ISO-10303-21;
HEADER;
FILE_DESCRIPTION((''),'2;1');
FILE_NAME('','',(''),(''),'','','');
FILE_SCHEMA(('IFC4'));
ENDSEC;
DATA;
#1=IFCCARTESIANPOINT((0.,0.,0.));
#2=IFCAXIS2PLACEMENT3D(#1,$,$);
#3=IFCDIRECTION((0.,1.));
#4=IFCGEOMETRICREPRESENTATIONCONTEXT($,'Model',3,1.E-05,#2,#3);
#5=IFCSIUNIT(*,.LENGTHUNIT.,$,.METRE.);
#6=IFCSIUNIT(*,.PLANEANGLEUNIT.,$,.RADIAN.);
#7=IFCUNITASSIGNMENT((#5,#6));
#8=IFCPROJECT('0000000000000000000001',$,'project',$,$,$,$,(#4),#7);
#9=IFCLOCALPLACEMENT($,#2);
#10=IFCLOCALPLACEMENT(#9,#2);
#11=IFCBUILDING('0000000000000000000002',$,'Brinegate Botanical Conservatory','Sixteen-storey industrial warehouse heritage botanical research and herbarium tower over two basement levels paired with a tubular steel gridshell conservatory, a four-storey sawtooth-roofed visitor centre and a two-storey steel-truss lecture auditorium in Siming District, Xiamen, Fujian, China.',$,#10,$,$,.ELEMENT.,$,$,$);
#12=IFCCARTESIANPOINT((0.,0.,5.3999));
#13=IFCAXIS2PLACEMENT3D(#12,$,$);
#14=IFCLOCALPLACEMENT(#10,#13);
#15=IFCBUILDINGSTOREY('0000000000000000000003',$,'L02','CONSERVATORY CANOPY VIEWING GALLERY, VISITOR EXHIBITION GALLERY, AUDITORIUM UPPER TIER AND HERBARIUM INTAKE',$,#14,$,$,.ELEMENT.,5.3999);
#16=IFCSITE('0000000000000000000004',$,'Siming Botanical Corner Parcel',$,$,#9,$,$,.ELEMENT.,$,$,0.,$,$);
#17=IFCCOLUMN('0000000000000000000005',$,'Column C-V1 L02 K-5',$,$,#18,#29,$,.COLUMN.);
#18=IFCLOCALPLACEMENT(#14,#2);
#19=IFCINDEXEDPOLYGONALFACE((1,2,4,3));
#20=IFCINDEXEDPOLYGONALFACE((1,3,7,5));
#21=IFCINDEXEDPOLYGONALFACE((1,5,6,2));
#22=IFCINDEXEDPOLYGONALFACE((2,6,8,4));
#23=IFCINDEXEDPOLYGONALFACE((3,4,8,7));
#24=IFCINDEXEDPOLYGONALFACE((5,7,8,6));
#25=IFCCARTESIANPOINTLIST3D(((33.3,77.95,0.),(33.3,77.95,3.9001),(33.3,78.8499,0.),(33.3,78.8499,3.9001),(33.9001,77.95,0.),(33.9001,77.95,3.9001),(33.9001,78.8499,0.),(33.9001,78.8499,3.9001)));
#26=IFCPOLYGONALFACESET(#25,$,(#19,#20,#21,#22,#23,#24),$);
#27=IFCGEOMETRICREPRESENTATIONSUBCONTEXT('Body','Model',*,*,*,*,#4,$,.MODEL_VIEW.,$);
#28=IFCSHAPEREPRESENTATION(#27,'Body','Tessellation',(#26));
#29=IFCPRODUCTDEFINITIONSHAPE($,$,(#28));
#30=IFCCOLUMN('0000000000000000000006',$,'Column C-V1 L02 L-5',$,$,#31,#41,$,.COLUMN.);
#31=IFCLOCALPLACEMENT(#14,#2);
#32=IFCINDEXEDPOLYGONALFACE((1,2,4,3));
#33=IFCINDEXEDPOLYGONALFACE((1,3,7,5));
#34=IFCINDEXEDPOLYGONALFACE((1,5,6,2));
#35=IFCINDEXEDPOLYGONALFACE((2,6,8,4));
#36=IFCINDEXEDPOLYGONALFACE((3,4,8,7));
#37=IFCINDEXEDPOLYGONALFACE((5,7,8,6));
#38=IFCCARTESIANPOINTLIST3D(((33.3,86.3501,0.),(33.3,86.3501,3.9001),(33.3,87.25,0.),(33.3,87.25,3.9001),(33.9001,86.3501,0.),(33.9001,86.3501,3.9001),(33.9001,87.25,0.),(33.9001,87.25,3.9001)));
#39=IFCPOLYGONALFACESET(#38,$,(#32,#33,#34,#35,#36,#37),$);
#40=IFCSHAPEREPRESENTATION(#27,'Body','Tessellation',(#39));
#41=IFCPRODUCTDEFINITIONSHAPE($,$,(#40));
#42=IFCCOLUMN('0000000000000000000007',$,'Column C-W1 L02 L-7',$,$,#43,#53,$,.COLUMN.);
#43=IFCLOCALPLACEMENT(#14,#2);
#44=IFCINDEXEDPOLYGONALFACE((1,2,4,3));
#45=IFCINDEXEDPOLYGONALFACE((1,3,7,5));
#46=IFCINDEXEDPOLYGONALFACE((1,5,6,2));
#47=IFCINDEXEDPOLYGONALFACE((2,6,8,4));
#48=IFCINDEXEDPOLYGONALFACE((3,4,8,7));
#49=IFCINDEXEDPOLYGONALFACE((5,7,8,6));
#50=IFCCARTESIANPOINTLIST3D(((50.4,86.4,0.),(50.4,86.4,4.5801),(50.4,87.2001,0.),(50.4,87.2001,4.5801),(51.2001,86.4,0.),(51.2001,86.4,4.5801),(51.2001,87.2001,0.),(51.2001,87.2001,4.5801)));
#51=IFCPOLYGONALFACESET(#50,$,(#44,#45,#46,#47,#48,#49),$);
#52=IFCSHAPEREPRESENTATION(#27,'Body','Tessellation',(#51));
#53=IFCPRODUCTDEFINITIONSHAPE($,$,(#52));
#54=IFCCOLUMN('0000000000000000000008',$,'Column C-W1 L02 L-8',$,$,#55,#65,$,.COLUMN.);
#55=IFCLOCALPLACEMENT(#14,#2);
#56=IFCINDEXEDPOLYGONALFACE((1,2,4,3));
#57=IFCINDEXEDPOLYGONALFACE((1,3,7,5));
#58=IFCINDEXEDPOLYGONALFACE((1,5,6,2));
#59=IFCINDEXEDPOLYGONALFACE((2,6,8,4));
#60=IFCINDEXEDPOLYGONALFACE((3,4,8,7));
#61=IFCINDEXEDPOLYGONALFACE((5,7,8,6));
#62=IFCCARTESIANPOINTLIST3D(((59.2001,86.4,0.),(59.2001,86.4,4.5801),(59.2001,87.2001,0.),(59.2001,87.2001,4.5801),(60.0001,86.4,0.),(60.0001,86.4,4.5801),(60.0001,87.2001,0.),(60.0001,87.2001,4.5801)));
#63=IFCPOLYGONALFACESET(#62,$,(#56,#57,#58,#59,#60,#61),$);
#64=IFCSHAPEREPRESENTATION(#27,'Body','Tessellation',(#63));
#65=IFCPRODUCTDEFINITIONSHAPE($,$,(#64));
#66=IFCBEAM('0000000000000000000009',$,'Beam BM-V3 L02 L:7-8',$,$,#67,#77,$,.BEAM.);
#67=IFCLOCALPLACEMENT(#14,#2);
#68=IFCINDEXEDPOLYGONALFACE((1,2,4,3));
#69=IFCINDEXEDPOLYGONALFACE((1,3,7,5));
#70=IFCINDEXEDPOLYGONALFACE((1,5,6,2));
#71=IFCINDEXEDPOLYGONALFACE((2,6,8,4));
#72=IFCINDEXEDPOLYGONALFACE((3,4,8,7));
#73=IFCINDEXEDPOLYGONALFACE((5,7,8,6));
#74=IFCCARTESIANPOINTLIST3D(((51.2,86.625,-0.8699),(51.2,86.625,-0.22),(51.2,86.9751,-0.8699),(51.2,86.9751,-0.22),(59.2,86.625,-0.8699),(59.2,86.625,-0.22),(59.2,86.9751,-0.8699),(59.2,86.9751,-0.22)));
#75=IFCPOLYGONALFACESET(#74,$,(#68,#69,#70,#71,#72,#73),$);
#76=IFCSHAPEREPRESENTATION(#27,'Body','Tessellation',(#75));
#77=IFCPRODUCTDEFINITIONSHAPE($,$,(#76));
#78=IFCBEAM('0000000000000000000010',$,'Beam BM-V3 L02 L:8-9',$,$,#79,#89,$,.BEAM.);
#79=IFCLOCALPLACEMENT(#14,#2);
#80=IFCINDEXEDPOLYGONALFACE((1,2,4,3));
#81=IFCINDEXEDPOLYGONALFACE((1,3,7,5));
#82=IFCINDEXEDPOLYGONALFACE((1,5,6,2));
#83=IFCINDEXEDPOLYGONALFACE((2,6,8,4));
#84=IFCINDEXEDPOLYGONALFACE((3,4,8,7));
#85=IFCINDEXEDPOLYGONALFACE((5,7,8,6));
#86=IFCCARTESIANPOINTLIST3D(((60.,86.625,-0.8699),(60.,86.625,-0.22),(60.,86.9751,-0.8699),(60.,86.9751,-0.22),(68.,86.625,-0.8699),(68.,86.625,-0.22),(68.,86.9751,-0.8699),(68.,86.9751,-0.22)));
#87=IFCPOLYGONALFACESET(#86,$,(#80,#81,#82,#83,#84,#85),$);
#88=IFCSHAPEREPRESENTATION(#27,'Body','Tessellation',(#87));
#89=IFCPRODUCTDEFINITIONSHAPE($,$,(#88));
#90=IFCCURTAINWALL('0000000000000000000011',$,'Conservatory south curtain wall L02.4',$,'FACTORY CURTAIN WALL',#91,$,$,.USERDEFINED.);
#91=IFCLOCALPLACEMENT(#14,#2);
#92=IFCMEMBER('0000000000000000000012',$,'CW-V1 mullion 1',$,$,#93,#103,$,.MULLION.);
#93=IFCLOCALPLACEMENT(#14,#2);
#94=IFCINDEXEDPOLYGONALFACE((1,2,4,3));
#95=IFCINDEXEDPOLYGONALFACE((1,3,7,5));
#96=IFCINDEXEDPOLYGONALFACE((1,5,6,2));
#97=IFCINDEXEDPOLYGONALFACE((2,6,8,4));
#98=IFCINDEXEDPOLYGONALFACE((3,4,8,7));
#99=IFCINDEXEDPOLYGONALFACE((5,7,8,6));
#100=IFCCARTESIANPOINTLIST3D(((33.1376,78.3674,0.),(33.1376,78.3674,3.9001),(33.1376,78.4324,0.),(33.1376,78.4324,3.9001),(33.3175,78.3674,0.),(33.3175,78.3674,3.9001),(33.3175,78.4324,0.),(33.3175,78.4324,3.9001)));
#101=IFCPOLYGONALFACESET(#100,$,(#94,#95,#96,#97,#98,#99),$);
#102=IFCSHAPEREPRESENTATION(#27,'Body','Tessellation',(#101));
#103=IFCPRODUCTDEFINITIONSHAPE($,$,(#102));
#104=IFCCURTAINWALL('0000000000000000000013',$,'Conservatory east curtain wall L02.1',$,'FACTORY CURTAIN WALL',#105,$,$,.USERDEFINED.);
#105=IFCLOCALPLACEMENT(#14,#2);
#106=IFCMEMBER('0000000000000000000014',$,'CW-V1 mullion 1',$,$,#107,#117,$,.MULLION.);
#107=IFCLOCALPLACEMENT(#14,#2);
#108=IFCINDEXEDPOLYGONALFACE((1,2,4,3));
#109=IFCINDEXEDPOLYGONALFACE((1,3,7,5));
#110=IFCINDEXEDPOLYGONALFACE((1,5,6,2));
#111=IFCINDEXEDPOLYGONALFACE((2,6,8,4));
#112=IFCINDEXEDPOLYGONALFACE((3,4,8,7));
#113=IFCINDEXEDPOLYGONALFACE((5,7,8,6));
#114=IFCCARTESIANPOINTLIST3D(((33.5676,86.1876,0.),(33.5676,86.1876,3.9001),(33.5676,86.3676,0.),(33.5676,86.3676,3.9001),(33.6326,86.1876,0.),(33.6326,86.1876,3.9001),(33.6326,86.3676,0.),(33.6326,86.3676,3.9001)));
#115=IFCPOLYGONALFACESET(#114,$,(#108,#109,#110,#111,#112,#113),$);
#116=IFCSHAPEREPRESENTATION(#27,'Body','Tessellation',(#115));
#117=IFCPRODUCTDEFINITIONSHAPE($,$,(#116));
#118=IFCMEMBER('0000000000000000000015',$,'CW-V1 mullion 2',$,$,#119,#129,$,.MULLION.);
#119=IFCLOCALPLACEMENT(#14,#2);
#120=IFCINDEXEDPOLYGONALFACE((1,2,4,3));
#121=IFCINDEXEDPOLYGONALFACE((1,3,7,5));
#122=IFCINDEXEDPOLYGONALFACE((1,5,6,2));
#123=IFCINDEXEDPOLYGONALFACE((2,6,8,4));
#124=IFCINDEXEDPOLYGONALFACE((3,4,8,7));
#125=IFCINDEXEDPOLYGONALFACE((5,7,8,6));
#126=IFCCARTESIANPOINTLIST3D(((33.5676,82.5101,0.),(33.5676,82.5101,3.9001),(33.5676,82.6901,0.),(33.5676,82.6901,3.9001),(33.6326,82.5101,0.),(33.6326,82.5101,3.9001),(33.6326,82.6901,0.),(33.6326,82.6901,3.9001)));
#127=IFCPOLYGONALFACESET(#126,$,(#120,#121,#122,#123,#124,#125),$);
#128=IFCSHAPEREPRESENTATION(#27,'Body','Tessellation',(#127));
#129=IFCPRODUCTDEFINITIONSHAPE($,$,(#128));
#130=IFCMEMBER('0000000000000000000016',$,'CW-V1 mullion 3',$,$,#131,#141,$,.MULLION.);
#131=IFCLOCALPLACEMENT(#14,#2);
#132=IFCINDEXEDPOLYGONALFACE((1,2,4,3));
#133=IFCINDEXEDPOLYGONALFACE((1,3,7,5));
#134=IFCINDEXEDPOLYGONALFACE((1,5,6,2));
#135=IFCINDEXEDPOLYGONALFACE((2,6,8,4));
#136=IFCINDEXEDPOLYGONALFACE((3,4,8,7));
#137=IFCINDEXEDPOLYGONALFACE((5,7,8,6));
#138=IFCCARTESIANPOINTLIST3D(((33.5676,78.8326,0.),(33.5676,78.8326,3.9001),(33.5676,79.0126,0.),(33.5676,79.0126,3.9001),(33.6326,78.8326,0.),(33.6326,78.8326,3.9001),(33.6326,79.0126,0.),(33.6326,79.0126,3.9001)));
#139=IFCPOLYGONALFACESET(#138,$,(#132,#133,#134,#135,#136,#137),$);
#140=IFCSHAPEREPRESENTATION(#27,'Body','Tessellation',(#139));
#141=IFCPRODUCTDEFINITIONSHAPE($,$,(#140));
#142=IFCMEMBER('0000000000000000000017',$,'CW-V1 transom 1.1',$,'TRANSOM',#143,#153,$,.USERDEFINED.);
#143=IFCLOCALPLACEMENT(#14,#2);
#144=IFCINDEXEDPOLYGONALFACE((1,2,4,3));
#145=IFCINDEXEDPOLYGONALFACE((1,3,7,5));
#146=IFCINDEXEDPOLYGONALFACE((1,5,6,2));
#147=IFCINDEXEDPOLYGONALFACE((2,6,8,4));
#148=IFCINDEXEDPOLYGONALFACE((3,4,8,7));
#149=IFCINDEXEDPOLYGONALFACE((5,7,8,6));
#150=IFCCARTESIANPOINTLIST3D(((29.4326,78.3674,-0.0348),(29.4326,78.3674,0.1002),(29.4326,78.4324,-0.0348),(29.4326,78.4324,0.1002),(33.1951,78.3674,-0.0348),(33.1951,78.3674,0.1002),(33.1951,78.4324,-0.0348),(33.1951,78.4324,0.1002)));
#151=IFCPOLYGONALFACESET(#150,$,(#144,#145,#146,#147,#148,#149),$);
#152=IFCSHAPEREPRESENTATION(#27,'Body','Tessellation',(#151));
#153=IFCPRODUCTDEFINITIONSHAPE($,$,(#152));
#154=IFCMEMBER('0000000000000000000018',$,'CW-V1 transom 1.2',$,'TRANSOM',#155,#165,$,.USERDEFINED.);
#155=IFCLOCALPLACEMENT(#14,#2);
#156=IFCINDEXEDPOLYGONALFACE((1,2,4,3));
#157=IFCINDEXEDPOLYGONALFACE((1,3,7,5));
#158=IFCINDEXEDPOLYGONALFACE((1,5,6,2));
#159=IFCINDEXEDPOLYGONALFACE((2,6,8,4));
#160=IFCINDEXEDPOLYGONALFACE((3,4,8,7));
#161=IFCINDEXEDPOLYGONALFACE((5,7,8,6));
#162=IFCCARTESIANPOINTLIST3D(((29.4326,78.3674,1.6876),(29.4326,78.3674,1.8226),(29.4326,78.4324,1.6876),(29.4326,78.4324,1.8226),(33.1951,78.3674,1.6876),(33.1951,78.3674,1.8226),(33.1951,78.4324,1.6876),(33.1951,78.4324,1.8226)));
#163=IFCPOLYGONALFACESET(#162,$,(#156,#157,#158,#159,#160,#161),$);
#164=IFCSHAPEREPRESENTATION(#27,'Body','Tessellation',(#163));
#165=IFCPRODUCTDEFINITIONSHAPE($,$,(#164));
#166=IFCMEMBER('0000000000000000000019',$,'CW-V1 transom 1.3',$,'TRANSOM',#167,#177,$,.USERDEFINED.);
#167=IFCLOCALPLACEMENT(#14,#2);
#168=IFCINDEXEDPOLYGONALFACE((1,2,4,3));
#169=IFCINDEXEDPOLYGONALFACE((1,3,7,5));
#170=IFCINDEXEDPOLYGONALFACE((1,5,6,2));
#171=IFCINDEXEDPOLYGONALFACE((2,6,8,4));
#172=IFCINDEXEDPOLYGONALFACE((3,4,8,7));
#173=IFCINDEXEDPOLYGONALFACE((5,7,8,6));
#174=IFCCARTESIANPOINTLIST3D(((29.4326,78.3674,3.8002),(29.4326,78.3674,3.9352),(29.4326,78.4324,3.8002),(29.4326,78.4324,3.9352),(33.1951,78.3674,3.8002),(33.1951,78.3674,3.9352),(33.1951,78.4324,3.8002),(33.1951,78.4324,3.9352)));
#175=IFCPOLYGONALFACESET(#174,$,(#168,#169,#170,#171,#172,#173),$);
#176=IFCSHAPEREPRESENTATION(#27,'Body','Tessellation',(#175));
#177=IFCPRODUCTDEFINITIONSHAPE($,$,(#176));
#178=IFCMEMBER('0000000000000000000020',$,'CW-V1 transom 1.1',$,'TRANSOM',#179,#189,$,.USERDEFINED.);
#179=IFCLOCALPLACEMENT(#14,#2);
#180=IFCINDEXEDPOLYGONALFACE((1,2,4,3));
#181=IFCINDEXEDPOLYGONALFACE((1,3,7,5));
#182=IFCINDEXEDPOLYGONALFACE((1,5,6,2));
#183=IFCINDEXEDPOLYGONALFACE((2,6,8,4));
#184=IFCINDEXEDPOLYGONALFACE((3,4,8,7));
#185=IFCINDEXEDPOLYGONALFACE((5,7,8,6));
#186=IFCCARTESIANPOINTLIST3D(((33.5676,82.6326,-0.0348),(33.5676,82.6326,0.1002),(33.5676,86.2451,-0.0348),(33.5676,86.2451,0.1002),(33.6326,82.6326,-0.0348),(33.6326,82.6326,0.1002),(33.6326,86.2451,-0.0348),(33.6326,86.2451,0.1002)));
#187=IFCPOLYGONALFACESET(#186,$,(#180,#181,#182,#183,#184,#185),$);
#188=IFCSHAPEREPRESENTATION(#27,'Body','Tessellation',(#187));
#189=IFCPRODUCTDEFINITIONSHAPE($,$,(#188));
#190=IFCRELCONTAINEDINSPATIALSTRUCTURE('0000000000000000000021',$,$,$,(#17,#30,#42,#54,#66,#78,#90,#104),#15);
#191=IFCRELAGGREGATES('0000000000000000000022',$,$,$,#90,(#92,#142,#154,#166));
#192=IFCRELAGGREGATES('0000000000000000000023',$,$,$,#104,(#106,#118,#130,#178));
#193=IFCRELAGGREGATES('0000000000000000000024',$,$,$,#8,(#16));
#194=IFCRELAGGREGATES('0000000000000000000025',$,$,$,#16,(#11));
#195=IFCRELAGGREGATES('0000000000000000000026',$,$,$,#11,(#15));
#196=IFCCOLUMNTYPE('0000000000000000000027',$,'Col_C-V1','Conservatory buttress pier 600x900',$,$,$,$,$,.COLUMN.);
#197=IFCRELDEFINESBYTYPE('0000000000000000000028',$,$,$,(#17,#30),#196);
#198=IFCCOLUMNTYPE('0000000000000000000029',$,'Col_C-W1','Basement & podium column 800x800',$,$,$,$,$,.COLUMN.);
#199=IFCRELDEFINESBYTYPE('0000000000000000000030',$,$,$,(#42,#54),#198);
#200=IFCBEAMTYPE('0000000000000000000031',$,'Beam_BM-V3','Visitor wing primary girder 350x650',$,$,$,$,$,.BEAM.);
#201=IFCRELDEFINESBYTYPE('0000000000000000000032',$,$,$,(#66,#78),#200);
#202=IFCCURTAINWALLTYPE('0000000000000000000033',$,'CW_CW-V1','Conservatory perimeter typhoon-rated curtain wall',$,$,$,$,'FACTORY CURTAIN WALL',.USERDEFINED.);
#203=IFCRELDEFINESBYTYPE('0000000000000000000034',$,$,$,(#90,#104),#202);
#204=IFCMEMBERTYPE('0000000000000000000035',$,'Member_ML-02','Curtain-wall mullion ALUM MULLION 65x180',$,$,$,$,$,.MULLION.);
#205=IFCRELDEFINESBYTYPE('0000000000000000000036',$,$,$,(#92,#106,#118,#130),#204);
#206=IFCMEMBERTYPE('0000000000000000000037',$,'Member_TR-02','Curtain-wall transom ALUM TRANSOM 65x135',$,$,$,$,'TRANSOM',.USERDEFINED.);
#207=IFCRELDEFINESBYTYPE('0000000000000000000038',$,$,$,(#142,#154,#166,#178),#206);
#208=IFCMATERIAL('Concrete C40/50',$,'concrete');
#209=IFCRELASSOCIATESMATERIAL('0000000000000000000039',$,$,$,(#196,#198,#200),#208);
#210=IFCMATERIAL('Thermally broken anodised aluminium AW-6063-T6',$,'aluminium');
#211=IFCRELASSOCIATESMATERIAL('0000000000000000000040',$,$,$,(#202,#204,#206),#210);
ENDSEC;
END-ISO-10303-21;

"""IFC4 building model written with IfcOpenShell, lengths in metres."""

from ifc_helpers import new_model, si_unit, direction, frame, origin, origin_2d, place, context, subcontext, project, spatial, rectangle, extrude, material, material_profile, profile_set, type_object, element, aggregate, save


model = new_model("IFC4")

# Units and contexts
model_context = context("Model", 3, precision=1e-05, world=origin(), true_north=direction((0.0, 1.0)))
body_context = subcontext(model_context, "Body", "Model", "MODEL_VIEW")
ifc_project = project(units=[si_unit("LENGTHUNIT", "METRE"), si_unit("PLANEANGLEUNIT", "RADIAN")], contexts=[model_context])

# Site, building, storey
site_placement = place(None, origin())
site = spatial("IfcSite", under=ifc_project, at=site_placement, Name="Siming Botanical Corner Parcel", CompositionType="ELEMENT", RefElevation=0.0)
building_placement = place(site_placement, origin())
building = spatial("IfcBuilding", under=site, at=building_placement, Name="Brinegate Botanical Conservatory", Description="Sixteen-storey industrial warehouse heritage botanical research and herbarium tower over two basement levels paired with a tubular steel gridshell conservatory, a four-storey sawtooth-roofed visitor centre and a two-storey steel-truss lecture auditorium in Siming District, Xiamen, Fujian, China.", CompositionType="ELEMENT")
storey_placement = place(building_placement, frame((0.0, 0.0, 5.3999)))
storey = spatial("IfcBuildingStorey", under=building, at=storey_placement, Name="L02", Description="CONSERVATORY CANOPY VIEWING GALLERY, VISITOR EXHIBITION GALLERY, AUDITORIUM UPPER TIER AND HERBARIUM INTAKE", CompositionType="ELEMENT", Elevation=5.3999)

# Columns
ifc_material_1 = material(Name="Concrete C40/50", Category="concrete")
ifc_material_profile_1 = material_profile(ifc_material_1, rectangle(XDim=0.6001, YDim=0.8999, at=origin_2d()), Name="RC PIER 600x900")
ifc_profile_set_1 = profile_set([ifc_material_profile_1], Name="Concrete C40/50")
column_type_1 = type_object("IfcColumnType", Name="Col_C-V1", Description="Conservatory buttress pier 600x900", PredefinedType="COLUMN", material=ifc_profile_set_1)
for number, where, z_axis, x_axis, name in (
    (1, (33.6001, 78.3999, 0.0), (0.0, 0.0, 1.0), (1.0, 0.0, 0.0), "Column C-V1 L02 K-5"),
    (2, (33.6001, 86.8, 0.0), (0.0, 0.0, 1.0), (1.0, 0.0, 0.0), "Column C-V1 L02 L-5"),
):
    element("IfcColumn", number, at=place(storey_placement, frame(where, z_axis=z_axis, x_axis=x_axis)), inside=storey, type_object=column_type_1, Name=name, PredefinedType="COLUMN", context=body_context, shape_type="SweptSolid", body=[
        extrude(rectangle(XDim=0.6001, YDim=0.8999, at=origin_2d()), origin(), (0.0, 0.0, 1.0), 3.9001),
    ])
ifc_material_profile_2 = material_profile(ifc_material_1, rectangle(XDim=0.8, YDim=0.8, at=origin_2d()), Name="RC COL 800x800")
ifc_profile_set_2 = profile_set([ifc_material_profile_2], Name="Concrete C40/50")
column_type_2 = type_object("IfcColumnType", Name="Col_C-W1", Description="Basement & podium column 800x800", PredefinedType="COLUMN", material=ifc_profile_set_2)
for number, where, z_axis, x_axis, name in (
    (3, (50.8, 86.8, 0.0), (0.0, 0.0, 1.0), (1.0, 0.0, 0.0), "Column C-W1 L02 L-7"),
    (4, (59.6001, 86.8, 0.0), (0.0, 0.0, 1.0), (1.0, 0.0, 0.0), "Column C-W1 L02 L-8"),
):
    element("IfcColumn", number, at=place(storey_placement, frame(where, z_axis=z_axis, x_axis=x_axis)), inside=storey, type_object=column_type_2, Name=name, PredefinedType="COLUMN", context=body_context, shape_type="SweptSolid", body=[
        extrude(rectangle(XDim=0.8, YDim=0.8, at=origin_2d()), origin(), (0.0, 0.0, 1.0), 4.5801),
    ])

# Beams
ifc_material_profile_3 = material_profile(ifc_material_1, rectangle(XDim=0.3501, YDim=0.6499, at=origin_2d()), Name="RC BM 350x650")
ifc_profile_set_3 = profile_set([ifc_material_profile_3], Name="Concrete C40/50")
beam_type = type_object("IfcBeamType", Name="Beam_BM-V3", Description="Visitor wing primary girder 350x650", PredefinedType="BEAM", material=ifc_profile_set_3)
for number, where, z_axis, x_axis, name in (
    (5, (51.2, 86.8, -0.5449), (1.0, 0.0, 0.0), (0.0, 1.0, 0.0), "Beam BM-V3 L02 L:7-8"),
    (6, (60.0, 86.8, -0.5449), (1.0, 0.0, 0.0), (0.0, 1.0, 0.0), "Beam BM-V3 L02 L:8-9"),
):
    element("IfcBeam", number, at=place(storey_placement, frame(where, z_axis=z_axis, x_axis=x_axis)), inside=storey, type_object=beam_type, Name=name, PredefinedType="BEAM", context=body_context, shape_type="SweptSolid", body=[
        extrude(rectangle(XDim=0.3501, YDim=0.6499, at=origin_2d()), origin(), (0.0, 0.0, 1.0), 8.0),
    ])

# Curtain wall, member
ifc_material_2 = material(Name="Thermally broken anodised aluminium AW-6063-T6", Category="aluminium")
curtain_wall_type = type_object("IfcCurtainWallType", Name="CW_CW-V1", Description="Conservatory perimeter typhoon-rated curtain wall", ElementType="FACTORY CURTAIN WALL", PredefinedType="USERDEFINED", material=ifc_material_2)
curtain_wall_1_placement = place(storey_placement, origin())
curtain_wall_1 = element("IfcCurtainWall", 7, at=curtain_wall_1_placement, inside=storey, type_object=curtain_wall_type, Name="Conservatory south curtain wall L02.4", ObjectType="FACTORY CURTAIN WALL", PredefinedType="USERDEFINED")
ifc_material_profile_4 = material_profile(ifc_material_2, rectangle(XDim=0.0649, YDim=0.1799, at=origin_2d()), Name="ALUM MULLION 65x180")
ifc_profile_set_4 = profile_set([ifc_material_profile_4], Name="Thermally broken anodised aluminium AW-6063-T6")
member_type_1 = type_object("IfcMemberType", Name="Member_ML-02", Description="Curtain-wall mullion ALUM MULLION 65x180", PredefinedType="MULLION", material=ifc_profile_set_4)
member_1_placement = place(storey_placement, frame((33.2275, 78.3999, 0.0), z_axis=(0.0, 0.0, 1.0), x_axis=(0.0, -1.0, 0.0)))
member_1 = element("IfcMember", 8, at=member_1_placement, type_object=member_type_1, Name="CW-V1 mullion 1", PredefinedType="MULLION", context=body_context, shape_type="SweptSolid", body=[
    extrude(rectangle(XDim=0.0649, YDim=0.1799, at=origin_2d()), origin(), (0.0, 0.0, 1.0), 3.9001),
])

# Curtain wall, members
curtain_wall_2_placement = place(storey_placement, origin())
curtain_wall_2 = element("IfcCurtainWall", 9, at=curtain_wall_2_placement, inside=storey, type_object=curtain_wall_type, Name="Conservatory east curtain wall L02.1", ObjectType="FACTORY CURTAIN WALL", PredefinedType="USERDEFINED")
member_2_placement = place(storey_placement, frame((33.6001, 86.2776, 0.0), z_axis=(0.0, 0.0, 1.0), x_axis=(1.0, 0.0, 0.0)))
member_2 = element("IfcMember", 10, at=member_2_placement, type_object=member_type_1, Name="CW-V1 mullion 1", PredefinedType="MULLION", context=body_context, shape_type="SweptSolid", body=[
    extrude(rectangle(XDim=0.0649, YDim=0.1799, at=origin_2d()), origin(), (0.0, 0.0, 1.0), 3.9001),
])
member_3_placement = place(storey_placement, frame((33.6001, 82.6001, 0.0), z_axis=(0.0, 0.0, 1.0), x_axis=(1.0, 0.0, 0.0)))
member_3 = element("IfcMember", 11, at=member_3_placement, type_object=member_type_1, Name="CW-V1 mullion 2", PredefinedType="MULLION", context=body_context, shape_type="SweptSolid", body=[
    extrude(rectangle(XDim=0.0649, YDim=0.1799, at=origin_2d()), origin(), (0.0, 0.0, 1.0), 3.9001),
])
member_4_placement = place(storey_placement, frame((33.6001, 78.9226, 0.0), z_axis=(0.0, 0.0, 1.0), x_axis=(1.0, 0.0, 0.0)))
member_4 = element("IfcMember", 12, at=member_4_placement, type_object=member_type_1, Name="CW-V1 mullion 3", PredefinedType="MULLION", context=body_context, shape_type="SweptSolid", body=[
    extrude(rectangle(XDim=0.0649, YDim=0.1799, at=origin_2d()), origin(), (0.0, 0.0, 1.0), 3.9001),
])

# Members
ifc_material_profile_5 = material_profile(ifc_material_2, rectangle(XDim=0.0649, YDim=0.135, at=origin_2d()), Name="ALUM TRANSOM 65x135")
ifc_profile_set_5 = profile_set([ifc_material_profile_5], Name="Thermally broken anodised aluminium AW-6063-T6")
member_type_2 = type_object("IfcMemberType", Name="Member_TR-02", Description="Curtain-wall transom ALUM TRANSOM 65x135", ElementType="TRANSOM", PredefinedType="USERDEFINED", material=ifc_profile_set_5)
member_5_placement = place(storey_placement, frame((33.1951, 78.3999, 0.0327), z_axis=(-1.0, 0.0, 0.0), x_axis=(0.0, -1.0, 0.0)))
member_5 = element("IfcMember", 13, at=member_5_placement, type_object=member_type_2, Name="CW-V1 transom 1.1", ObjectType="TRANSOM", PredefinedType="USERDEFINED", context=body_context, shape_type="SweptSolid", body=[
    extrude(rectangle(XDim=0.0649, YDim=0.135, at=origin_2d()), origin(), (0.0, 0.0, 1.0), 3.7625),
])
member_6_placement = place(storey_placement, frame((33.1951, 78.3999, 1.7551), z_axis=(-1.0, 0.0, 0.0), x_axis=(0.0, -1.0, 0.0)))
member_6 = element("IfcMember", 14, at=member_6_placement, type_object=member_type_2, Name="CW-V1 transom 1.2", ObjectType="TRANSOM", PredefinedType="USERDEFINED", context=body_context, shape_type="SweptSolid", body=[
    extrude(rectangle(XDim=0.0649, YDim=0.135, at=origin_2d()), origin(), (0.0, 0.0, 1.0), 3.7625),
])
member_7_placement = place(storey_placement, frame((33.1951, 78.3999, 3.8677), z_axis=(-1.0, 0.0, 0.0), x_axis=(0.0, -1.0, 0.0)))
member_7 = element("IfcMember", 15, at=member_7_placement, type_object=member_type_2, Name="CW-V1 transom 1.3", ObjectType="TRANSOM", PredefinedType="USERDEFINED", context=body_context, shape_type="SweptSolid", body=[
    extrude(rectangle(XDim=0.0649, YDim=0.135, at=origin_2d()), origin(), (0.0, 0.0, 1.0), 3.7625),
])
aggregate(curtain_wall_1, [member_1, member_5, member_6, member_7])
member_8_placement = place(storey_placement, frame((33.6001, 86.2451, 0.0327), z_axis=(0.0, -1.0, 0.0), x_axis=(1.0, 0.0, 0.0)))
member_8 = element("IfcMember", 16, at=member_8_placement, type_object=member_type_2, Name="CW-V1 transom 1.1", ObjectType="TRANSOM", PredefinedType="USERDEFINED", context=body_context, shape_type="SweptSolid", body=[
    extrude(rectangle(XDim=0.0649, YDim=0.135, at=origin_2d()), origin(), (0.0, 0.0, 1.0), 3.6125),
])

aggregate(curtain_wall_2, [member_2, member_3, member_4, member_8])

save(model, "model.ifc")
